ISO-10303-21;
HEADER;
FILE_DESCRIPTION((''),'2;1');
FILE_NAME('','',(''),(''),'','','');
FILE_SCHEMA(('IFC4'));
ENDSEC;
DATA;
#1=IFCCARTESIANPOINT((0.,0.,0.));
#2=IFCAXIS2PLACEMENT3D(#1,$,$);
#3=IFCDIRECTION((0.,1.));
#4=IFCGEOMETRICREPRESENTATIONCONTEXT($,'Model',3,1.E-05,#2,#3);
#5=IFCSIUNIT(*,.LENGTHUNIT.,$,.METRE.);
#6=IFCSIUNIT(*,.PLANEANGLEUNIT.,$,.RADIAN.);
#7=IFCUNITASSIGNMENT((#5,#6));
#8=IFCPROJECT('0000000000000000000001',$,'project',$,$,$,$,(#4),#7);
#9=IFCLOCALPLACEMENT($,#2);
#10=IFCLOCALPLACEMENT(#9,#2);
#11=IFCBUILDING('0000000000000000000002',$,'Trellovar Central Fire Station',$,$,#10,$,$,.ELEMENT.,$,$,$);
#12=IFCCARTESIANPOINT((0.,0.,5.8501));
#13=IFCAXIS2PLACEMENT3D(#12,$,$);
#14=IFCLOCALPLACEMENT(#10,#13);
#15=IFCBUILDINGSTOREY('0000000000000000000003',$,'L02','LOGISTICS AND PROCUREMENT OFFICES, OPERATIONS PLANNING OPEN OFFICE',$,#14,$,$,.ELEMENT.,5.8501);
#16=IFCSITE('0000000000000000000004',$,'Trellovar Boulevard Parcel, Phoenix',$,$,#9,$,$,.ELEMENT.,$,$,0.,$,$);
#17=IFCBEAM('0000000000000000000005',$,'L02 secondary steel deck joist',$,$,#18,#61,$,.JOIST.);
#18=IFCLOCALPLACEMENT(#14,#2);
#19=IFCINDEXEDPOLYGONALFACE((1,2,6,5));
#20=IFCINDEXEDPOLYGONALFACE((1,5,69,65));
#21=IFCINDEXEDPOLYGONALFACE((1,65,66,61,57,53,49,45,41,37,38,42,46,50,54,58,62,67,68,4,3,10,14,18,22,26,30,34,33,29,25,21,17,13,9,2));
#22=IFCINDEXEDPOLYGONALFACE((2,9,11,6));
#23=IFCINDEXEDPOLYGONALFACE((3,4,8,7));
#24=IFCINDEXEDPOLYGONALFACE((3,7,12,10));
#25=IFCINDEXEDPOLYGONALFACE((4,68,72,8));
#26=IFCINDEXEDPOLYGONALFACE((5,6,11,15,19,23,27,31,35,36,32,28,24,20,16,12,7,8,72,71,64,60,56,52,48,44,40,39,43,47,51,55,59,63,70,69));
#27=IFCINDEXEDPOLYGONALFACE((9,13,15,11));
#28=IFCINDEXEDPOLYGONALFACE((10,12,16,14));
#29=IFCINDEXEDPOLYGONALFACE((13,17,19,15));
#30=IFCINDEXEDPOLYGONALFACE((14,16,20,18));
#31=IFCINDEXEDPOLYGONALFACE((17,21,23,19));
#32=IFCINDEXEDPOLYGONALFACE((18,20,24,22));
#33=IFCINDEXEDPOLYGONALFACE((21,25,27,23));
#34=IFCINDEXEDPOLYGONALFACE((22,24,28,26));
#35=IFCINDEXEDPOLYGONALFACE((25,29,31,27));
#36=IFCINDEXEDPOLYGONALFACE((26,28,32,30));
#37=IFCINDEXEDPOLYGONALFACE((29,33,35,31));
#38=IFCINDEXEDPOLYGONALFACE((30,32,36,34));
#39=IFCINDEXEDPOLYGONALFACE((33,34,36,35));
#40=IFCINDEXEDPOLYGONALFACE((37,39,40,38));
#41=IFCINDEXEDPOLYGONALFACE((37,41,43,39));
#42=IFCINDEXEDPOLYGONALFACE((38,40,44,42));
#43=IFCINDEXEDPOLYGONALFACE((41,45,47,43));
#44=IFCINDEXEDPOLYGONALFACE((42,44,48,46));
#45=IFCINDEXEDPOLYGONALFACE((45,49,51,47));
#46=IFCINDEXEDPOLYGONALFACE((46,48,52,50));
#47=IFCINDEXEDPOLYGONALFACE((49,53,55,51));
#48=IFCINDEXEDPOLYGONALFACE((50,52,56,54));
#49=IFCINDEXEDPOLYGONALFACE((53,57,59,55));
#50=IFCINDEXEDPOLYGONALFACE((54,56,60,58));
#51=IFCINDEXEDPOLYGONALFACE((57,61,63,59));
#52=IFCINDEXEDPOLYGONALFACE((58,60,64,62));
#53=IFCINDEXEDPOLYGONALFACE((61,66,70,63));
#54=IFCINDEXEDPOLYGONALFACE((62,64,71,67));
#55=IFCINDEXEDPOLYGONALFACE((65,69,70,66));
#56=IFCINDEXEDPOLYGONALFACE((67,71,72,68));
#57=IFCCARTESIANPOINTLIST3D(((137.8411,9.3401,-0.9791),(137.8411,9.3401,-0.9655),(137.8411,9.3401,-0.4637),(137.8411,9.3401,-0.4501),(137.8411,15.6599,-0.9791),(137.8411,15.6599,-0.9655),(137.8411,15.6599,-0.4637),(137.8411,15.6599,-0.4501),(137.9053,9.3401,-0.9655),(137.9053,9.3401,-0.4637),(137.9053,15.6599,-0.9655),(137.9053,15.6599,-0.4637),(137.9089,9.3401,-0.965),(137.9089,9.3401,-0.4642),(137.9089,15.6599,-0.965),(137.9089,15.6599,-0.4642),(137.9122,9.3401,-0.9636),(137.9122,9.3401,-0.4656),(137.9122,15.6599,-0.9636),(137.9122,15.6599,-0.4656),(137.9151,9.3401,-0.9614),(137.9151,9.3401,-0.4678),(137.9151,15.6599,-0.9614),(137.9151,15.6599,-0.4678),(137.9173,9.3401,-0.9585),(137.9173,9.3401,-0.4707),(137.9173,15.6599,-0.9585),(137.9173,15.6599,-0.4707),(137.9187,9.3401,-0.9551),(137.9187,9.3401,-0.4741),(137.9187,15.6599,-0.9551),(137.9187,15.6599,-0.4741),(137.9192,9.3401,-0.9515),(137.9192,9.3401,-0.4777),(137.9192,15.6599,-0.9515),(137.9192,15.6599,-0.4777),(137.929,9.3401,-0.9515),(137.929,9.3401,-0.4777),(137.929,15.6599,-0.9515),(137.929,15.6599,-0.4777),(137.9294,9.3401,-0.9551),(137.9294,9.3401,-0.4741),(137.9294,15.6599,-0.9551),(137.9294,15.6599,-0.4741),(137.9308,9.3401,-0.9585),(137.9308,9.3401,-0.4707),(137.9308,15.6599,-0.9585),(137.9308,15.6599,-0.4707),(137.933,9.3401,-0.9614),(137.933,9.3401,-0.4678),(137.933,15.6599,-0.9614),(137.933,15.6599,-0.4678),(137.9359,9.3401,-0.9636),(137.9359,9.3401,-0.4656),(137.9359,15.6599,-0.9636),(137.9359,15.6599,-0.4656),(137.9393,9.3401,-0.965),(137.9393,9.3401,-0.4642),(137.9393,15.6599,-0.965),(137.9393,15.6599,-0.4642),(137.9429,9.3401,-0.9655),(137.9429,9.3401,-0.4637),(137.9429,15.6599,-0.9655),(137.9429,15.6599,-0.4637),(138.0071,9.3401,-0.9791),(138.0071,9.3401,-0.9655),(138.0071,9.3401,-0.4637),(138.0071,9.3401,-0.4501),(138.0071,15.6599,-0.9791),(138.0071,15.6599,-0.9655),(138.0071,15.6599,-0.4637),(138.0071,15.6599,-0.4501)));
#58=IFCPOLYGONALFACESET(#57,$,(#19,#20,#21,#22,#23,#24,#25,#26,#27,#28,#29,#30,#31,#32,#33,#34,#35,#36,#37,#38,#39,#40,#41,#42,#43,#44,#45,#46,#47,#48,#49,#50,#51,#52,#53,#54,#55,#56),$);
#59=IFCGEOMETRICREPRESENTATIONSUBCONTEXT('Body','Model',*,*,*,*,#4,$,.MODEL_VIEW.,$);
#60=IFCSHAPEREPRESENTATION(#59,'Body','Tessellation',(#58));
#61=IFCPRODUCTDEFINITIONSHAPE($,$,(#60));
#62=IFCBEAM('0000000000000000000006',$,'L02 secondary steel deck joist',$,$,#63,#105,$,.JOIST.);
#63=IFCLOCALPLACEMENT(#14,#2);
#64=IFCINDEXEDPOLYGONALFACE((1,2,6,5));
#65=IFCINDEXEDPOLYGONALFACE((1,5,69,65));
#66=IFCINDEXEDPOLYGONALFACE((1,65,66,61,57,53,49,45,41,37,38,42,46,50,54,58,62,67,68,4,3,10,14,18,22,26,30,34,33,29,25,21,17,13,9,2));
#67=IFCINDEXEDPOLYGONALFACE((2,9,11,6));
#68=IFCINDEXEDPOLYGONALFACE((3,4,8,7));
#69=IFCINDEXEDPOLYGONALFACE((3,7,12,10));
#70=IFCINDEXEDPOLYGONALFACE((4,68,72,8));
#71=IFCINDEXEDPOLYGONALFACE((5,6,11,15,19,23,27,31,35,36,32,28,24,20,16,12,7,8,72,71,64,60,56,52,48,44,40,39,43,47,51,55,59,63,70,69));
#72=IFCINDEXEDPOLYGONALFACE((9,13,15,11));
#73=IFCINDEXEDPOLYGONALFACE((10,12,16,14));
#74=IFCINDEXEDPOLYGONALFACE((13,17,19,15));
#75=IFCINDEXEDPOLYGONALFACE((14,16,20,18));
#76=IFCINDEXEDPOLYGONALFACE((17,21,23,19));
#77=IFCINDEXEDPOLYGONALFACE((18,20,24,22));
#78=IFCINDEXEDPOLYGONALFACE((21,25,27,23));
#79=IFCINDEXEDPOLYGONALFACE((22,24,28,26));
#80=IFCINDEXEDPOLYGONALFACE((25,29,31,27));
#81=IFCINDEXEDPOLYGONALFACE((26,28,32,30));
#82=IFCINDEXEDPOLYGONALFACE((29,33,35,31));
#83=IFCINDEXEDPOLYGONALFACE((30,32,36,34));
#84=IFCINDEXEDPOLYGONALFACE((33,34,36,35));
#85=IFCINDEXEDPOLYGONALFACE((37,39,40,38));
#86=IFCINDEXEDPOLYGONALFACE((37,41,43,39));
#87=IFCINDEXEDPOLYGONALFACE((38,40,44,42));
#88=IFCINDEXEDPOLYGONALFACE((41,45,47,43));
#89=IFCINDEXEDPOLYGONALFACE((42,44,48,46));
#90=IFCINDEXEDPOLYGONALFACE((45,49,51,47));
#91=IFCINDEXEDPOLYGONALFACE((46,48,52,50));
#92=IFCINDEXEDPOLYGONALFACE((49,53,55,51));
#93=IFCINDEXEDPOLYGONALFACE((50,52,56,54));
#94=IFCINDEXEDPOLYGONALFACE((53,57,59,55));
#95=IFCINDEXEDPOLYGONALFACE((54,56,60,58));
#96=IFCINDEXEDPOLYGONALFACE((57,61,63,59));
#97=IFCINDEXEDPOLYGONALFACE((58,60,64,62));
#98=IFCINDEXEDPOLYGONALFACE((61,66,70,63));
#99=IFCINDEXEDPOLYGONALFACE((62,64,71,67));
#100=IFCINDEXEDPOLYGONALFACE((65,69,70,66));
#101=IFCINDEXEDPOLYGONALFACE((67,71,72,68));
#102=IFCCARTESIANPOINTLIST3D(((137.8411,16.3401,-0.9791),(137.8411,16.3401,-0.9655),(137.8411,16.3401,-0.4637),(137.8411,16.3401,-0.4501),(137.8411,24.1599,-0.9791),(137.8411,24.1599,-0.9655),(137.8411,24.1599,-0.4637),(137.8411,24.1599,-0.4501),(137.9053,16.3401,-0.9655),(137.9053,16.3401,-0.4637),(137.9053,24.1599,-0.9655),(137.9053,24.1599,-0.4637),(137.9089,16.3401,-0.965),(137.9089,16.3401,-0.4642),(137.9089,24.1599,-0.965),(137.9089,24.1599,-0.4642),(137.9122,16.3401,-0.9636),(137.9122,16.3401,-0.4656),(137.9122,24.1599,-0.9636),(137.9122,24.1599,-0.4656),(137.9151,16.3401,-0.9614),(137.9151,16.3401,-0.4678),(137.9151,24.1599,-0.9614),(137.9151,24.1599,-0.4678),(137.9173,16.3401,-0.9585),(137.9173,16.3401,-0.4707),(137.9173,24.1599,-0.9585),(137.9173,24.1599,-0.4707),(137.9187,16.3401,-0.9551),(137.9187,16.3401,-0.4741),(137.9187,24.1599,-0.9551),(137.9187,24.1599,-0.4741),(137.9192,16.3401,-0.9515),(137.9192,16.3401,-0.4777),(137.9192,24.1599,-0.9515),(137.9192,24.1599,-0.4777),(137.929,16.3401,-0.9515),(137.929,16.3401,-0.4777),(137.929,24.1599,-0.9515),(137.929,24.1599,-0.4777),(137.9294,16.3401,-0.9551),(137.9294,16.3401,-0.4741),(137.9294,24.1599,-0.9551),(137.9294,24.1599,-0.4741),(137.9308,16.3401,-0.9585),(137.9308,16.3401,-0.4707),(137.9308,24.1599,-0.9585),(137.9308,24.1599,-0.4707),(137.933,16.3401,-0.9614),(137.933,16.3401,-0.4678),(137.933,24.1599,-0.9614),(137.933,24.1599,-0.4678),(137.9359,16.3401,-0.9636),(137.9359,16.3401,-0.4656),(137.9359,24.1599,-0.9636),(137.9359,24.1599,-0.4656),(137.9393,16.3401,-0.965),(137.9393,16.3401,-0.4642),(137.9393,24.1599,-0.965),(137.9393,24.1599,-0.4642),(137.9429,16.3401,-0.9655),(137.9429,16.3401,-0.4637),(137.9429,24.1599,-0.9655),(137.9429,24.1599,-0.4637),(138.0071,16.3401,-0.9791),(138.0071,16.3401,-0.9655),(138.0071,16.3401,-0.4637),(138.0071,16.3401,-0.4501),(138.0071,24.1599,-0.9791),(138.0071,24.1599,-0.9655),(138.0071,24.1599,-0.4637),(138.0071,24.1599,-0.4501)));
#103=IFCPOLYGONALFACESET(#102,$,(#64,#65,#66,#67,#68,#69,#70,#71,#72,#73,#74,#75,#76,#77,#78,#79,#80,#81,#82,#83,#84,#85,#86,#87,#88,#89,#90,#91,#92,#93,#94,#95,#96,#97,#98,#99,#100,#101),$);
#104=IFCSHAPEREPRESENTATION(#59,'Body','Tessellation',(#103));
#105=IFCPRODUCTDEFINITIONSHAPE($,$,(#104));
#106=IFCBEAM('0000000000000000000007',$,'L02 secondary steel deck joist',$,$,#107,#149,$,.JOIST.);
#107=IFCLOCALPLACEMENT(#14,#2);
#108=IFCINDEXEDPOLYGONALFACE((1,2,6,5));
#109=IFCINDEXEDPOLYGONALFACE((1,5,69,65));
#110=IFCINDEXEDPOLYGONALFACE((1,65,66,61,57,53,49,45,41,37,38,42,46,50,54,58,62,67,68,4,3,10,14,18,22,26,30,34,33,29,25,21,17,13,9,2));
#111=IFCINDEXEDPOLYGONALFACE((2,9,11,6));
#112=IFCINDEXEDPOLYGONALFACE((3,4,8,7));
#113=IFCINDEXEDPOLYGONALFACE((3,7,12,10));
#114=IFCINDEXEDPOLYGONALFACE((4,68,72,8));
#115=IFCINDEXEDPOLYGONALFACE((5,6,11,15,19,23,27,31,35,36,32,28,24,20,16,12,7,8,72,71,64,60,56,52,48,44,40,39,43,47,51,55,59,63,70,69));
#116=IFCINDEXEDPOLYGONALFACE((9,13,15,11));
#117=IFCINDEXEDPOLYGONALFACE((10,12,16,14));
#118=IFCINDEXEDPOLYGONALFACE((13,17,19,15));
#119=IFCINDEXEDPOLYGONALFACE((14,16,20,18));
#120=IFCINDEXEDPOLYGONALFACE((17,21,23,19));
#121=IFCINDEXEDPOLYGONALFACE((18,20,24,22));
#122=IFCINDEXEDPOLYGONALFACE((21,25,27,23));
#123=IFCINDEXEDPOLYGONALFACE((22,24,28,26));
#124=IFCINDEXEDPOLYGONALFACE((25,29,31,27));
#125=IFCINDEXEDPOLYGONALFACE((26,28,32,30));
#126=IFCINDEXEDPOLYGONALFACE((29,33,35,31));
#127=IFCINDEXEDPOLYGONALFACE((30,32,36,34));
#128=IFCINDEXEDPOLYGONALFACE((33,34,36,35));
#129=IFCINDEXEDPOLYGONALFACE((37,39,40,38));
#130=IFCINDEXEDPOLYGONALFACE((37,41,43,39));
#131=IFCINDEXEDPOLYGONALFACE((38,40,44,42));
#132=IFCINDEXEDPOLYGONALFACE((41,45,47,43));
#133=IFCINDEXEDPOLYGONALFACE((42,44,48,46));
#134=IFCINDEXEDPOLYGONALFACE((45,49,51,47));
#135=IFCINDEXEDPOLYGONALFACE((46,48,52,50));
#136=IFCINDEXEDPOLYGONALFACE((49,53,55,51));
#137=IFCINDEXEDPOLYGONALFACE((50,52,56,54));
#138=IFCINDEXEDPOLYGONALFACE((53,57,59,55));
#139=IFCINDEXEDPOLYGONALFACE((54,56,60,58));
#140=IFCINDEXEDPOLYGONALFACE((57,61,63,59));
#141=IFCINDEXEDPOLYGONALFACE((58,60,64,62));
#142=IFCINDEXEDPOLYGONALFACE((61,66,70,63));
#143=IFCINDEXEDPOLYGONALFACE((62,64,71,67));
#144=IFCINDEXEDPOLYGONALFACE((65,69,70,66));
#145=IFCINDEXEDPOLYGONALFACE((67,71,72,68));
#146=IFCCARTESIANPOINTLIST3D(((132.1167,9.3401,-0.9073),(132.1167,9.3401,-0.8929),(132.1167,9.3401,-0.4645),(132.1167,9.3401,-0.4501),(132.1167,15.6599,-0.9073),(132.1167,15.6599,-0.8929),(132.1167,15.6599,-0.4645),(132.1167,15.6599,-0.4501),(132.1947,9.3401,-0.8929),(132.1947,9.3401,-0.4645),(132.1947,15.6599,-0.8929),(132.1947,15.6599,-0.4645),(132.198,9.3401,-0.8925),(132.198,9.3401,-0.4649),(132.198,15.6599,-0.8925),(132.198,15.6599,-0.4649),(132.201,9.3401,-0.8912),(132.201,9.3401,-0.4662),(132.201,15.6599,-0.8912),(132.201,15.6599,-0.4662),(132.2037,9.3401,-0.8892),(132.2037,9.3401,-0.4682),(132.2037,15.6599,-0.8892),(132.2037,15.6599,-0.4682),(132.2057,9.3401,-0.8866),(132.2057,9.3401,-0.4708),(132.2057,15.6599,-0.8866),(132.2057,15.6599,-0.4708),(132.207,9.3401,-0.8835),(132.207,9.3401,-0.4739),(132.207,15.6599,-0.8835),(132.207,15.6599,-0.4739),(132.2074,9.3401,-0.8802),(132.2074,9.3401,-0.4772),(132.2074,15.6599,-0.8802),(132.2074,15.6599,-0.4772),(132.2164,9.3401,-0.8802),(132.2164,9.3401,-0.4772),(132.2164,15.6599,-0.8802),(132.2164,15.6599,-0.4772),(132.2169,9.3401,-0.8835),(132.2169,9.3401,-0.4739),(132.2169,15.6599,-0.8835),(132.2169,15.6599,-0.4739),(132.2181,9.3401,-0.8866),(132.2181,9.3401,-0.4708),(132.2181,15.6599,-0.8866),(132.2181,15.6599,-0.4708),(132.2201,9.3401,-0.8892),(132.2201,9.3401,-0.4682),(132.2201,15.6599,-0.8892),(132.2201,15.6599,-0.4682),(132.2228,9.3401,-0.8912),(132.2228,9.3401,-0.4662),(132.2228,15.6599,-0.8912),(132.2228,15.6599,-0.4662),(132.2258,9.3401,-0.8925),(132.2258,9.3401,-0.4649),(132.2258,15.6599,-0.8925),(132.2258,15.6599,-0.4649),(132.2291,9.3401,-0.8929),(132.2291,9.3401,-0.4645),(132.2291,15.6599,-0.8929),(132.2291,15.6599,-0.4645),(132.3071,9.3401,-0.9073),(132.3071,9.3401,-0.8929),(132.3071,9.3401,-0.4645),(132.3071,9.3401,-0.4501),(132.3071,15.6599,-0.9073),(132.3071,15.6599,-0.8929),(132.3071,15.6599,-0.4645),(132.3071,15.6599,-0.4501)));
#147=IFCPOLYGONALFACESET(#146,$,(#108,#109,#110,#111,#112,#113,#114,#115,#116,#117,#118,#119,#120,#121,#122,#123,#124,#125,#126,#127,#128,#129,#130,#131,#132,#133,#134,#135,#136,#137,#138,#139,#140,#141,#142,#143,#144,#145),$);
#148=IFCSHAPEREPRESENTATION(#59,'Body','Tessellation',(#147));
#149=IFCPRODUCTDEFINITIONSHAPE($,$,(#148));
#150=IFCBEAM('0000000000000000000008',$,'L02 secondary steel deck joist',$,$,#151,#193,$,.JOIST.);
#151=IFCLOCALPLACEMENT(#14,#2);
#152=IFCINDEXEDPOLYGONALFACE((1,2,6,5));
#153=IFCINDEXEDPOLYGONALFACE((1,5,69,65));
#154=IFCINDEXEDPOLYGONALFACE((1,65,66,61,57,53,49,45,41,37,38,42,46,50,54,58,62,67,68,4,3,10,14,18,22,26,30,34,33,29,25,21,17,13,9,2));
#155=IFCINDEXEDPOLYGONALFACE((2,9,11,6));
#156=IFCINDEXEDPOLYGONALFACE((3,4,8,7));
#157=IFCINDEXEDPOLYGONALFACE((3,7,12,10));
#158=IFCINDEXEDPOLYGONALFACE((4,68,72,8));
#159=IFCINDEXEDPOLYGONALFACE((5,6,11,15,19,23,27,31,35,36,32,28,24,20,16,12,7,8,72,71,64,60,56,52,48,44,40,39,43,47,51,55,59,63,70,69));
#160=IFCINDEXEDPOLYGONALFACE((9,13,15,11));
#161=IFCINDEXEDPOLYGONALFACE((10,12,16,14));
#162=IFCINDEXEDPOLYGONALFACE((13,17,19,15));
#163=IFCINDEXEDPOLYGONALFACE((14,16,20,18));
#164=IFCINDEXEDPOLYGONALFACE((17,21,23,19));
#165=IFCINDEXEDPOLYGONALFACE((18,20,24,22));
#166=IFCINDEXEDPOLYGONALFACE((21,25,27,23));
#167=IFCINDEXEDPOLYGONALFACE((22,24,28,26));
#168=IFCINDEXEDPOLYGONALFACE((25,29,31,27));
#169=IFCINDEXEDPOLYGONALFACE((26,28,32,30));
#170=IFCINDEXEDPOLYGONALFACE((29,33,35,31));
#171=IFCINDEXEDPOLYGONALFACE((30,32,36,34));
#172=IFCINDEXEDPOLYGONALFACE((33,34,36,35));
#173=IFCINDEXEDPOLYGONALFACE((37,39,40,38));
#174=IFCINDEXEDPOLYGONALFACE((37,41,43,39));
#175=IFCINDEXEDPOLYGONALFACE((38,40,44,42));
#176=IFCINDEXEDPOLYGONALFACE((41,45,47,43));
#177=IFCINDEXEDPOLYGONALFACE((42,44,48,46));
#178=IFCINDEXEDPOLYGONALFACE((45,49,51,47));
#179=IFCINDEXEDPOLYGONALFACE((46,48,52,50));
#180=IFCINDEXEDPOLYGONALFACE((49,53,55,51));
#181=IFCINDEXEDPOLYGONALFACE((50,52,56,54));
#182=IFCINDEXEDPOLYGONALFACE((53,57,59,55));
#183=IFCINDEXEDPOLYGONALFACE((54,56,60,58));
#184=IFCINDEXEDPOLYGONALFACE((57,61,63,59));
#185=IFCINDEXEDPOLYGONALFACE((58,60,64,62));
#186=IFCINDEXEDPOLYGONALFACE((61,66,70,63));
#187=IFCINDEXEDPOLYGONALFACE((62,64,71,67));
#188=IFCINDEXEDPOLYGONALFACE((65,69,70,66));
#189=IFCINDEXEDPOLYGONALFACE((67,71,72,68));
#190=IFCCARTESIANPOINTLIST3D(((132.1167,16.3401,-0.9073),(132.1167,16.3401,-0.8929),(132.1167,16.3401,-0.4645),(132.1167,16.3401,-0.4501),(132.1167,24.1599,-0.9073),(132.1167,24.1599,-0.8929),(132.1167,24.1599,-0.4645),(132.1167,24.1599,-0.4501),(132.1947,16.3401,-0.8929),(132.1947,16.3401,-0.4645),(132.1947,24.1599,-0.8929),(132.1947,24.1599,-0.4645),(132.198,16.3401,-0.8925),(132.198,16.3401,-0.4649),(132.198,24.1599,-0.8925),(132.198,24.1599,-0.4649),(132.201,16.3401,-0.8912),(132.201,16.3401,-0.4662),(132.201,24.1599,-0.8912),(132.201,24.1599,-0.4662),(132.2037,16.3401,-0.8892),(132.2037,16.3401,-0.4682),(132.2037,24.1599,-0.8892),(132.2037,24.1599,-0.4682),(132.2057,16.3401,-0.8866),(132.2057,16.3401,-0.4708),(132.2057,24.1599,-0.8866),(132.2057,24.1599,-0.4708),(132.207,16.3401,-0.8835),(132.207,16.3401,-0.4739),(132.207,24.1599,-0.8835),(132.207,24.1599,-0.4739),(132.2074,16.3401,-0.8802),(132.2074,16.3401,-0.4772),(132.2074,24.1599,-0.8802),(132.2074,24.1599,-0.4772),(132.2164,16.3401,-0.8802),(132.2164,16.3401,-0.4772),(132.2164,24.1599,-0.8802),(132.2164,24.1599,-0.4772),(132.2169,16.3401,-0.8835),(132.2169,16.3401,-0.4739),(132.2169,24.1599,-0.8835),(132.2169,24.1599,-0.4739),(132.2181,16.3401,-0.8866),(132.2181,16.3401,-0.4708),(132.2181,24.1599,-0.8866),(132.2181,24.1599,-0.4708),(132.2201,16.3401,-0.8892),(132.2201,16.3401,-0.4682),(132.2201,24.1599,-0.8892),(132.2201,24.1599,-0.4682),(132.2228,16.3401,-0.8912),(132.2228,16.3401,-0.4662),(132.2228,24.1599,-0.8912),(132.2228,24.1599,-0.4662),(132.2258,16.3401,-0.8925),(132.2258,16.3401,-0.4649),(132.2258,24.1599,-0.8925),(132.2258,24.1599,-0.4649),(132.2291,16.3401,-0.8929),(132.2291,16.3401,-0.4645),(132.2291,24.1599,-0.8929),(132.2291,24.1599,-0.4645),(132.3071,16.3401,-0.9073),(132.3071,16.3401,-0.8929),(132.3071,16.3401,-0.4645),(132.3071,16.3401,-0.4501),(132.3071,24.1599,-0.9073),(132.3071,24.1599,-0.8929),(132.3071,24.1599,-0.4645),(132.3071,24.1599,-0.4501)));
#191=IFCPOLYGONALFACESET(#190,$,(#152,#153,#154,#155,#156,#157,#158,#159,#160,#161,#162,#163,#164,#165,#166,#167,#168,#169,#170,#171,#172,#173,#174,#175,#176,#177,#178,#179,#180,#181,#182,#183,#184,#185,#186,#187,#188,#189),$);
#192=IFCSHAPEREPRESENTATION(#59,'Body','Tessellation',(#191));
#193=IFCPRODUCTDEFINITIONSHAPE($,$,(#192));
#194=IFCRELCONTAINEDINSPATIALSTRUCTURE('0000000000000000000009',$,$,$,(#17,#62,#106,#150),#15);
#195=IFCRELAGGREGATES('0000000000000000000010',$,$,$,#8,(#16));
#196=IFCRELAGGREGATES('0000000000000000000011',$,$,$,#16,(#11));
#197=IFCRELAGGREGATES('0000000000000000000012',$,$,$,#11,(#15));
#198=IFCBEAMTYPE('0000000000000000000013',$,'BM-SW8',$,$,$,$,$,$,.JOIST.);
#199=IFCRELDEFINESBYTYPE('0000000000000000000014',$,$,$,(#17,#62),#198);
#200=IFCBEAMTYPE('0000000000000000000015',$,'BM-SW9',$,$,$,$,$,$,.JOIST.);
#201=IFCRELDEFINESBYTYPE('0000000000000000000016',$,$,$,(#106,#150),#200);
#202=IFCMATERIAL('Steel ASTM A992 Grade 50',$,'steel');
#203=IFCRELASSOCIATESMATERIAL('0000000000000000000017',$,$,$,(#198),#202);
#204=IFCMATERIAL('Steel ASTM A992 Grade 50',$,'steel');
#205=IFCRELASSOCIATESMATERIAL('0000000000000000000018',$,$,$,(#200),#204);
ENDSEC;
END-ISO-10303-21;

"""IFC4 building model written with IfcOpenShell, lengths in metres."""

from ifc_helpers import new_model, si_unit, direction, frame, origin, origin_2d, place, context, subcontext, project, spatial, i_section, extrude, material, material_profile, profile_set, type_object, element, save


model = new_model("IFC4")

# Units and contexts
model_context = context("Model", 3, precision=1e-05, world=origin(), true_north=direction((0.0, 1.0)))
body_context = subcontext(model_context, "Body", "Model", "MODEL_VIEW")
ifc_project = project(units=[si_unit("LENGTHUNIT", "METRE"), si_unit("PLANEANGLEUNIT", "RADIAN")], contexts=[model_context])

# Site, building, storey
site_placement = place(None, origin())
site = spatial("IfcSite", under=ifc_project, at=site_placement, Name="Trellovar Boulevard Parcel, Phoenix", CompositionType="ELEMENT", RefElevation=0.0)
building_placement = place(site_placement, origin())
building = spatial("IfcBuilding", under=site, at=building_placement, Name="Trellovar Central Fire Station", CompositionType="ELEMENT")
storey_placement = place(building_placement, frame((0.0, 0.0, 5.8501)))
storey = spatial("IfcBuildingStorey", under=building, at=storey_placement, Name="L02", Description="LOGISTICS AND PROCUREMENT OFFICES, OPERATIONS PLANNING OPEN OFFICE", CompositionType="ELEMENT", Elevation=5.8501)

# Beams
ifc_material_1 = material(Name="Steel ASTM A992 Grade 50", Category="steel")
ifc_material_profile_1 = material_profile(ifc_material_1, i_section(OverallWidth=0.166, OverallDepth=0.5291, WebThickness=0.0098, FlangeThickness=0.0137, FilletRadius=0.0139, at=origin_2d()), Name="W21X50")
ifc_profile_set_1 = profile_set([ifc_material_profile_1], Name="Steel ASTM A992 Grade 50")
beam_type_1 = type_object("IfcBeamType", Name="BM-SW8", PredefinedType="JOIST", material=ifc_profile_set_1)
beam_1_placement = place(storey_placement, frame((137.9241, 9.3401, -0.7146), z_axis=(0.0, 1.0, 0.0), x_axis=(-1.0, 0.0, 0.0)))
element("IfcBeam", 1, at=beam_1_placement, inside=storey, type_object=beam_type_1, Name="L02 secondary steel deck joist", PredefinedType="JOIST", context=body_context, shape_type="SweptSolid", body=[
    extrude(i_section(OverallWidth=0.166, OverallDepth=0.5291, WebThickness=0.0098, FlangeThickness=0.0137, FilletRadius=0.0139, at=origin_2d()), origin(), (0.0, 0.0, 1.0), 6.3198),
])
beam_2_placement = place(storey_placement, frame((137.9241, 16.3401, -0.7146), z_axis=(0.0, 1.0, 0.0), x_axis=(-1.0, 0.0, 0.0)))
element("IfcBeam", 2, at=beam_2_placement, inside=storey, type_object=beam_type_1, Name="L02 secondary steel deck joist", PredefinedType="JOIST", context=body_context, shape_type="SweptSolid", body=[
    extrude(i_section(OverallWidth=0.166, OverallDepth=0.5291, WebThickness=0.0098, FlangeThickness=0.0137, FilletRadius=0.0139, at=origin_2d()), origin(), (0.0, 0.0, 1.0), 7.8198),
])
ifc_material_2 = material(Name="Steel ASTM A992 Grade 50", Category="steel")
ifc_material_profile_2 = material_profile(ifc_material_2, i_section(OverallWidth=0.1904, OverallDepth=0.4573, WebThickness=0.009, FlangeThickness=0.0144, FilletRadius=0.0127, at=origin_2d()), Name="W18X50")
ifc_profile_set_2 = profile_set([ifc_material_profile_2], Name="Steel ASTM A992 Grade 50")
beam_type_2 = type_object("IfcBeamType", Name="BM-SW9", PredefinedType="JOIST", material=ifc_profile_set_2)
beam_3_placement = place(storey_placement, frame((132.2119, 9.3401, -0.6787), z_axis=(0.0, 1.0, 0.0), x_axis=(-1.0, 0.0, 0.0)))
element("IfcBeam", 3, at=beam_3_placement, inside=storey, type_object=beam_type_2, Name="L02 secondary steel deck joist", PredefinedType="JOIST", context=body_context, shape_type="SweptSolid", body=[
    extrude(i_section(OverallWidth=0.1904, OverallDepth=0.4573, WebThickness=0.009, FlangeThickness=0.0144, FilletRadius=0.0127, at=origin_2d()), origin(), (0.0, 0.0, 1.0), 6.3198),
])
beam_4_placement = place(storey_placement, frame((132.2119, 16.3401, -0.6787), z_axis=(0.0, 1.0, 0.0), x_axis=(-1.0, 0.0, 0.0)))
element("IfcBeam", 4, at=beam_4_placement, inside=storey, type_object=beam_type_2, Name="L02 secondary steel deck joist", PredefinedType="JOIST", context=body_context, shape_type="SweptSolid", body=[
    extrude(i_section(OverallWidth=0.1904, OverallDepth=0.4573, WebThickness=0.009, FlangeThickness=0.0144, FilletRadius=0.0127, at=origin_2d()), origin(), (0.0, 0.0, 1.0), 7.8198),
])

save(model, "model.ifc")
